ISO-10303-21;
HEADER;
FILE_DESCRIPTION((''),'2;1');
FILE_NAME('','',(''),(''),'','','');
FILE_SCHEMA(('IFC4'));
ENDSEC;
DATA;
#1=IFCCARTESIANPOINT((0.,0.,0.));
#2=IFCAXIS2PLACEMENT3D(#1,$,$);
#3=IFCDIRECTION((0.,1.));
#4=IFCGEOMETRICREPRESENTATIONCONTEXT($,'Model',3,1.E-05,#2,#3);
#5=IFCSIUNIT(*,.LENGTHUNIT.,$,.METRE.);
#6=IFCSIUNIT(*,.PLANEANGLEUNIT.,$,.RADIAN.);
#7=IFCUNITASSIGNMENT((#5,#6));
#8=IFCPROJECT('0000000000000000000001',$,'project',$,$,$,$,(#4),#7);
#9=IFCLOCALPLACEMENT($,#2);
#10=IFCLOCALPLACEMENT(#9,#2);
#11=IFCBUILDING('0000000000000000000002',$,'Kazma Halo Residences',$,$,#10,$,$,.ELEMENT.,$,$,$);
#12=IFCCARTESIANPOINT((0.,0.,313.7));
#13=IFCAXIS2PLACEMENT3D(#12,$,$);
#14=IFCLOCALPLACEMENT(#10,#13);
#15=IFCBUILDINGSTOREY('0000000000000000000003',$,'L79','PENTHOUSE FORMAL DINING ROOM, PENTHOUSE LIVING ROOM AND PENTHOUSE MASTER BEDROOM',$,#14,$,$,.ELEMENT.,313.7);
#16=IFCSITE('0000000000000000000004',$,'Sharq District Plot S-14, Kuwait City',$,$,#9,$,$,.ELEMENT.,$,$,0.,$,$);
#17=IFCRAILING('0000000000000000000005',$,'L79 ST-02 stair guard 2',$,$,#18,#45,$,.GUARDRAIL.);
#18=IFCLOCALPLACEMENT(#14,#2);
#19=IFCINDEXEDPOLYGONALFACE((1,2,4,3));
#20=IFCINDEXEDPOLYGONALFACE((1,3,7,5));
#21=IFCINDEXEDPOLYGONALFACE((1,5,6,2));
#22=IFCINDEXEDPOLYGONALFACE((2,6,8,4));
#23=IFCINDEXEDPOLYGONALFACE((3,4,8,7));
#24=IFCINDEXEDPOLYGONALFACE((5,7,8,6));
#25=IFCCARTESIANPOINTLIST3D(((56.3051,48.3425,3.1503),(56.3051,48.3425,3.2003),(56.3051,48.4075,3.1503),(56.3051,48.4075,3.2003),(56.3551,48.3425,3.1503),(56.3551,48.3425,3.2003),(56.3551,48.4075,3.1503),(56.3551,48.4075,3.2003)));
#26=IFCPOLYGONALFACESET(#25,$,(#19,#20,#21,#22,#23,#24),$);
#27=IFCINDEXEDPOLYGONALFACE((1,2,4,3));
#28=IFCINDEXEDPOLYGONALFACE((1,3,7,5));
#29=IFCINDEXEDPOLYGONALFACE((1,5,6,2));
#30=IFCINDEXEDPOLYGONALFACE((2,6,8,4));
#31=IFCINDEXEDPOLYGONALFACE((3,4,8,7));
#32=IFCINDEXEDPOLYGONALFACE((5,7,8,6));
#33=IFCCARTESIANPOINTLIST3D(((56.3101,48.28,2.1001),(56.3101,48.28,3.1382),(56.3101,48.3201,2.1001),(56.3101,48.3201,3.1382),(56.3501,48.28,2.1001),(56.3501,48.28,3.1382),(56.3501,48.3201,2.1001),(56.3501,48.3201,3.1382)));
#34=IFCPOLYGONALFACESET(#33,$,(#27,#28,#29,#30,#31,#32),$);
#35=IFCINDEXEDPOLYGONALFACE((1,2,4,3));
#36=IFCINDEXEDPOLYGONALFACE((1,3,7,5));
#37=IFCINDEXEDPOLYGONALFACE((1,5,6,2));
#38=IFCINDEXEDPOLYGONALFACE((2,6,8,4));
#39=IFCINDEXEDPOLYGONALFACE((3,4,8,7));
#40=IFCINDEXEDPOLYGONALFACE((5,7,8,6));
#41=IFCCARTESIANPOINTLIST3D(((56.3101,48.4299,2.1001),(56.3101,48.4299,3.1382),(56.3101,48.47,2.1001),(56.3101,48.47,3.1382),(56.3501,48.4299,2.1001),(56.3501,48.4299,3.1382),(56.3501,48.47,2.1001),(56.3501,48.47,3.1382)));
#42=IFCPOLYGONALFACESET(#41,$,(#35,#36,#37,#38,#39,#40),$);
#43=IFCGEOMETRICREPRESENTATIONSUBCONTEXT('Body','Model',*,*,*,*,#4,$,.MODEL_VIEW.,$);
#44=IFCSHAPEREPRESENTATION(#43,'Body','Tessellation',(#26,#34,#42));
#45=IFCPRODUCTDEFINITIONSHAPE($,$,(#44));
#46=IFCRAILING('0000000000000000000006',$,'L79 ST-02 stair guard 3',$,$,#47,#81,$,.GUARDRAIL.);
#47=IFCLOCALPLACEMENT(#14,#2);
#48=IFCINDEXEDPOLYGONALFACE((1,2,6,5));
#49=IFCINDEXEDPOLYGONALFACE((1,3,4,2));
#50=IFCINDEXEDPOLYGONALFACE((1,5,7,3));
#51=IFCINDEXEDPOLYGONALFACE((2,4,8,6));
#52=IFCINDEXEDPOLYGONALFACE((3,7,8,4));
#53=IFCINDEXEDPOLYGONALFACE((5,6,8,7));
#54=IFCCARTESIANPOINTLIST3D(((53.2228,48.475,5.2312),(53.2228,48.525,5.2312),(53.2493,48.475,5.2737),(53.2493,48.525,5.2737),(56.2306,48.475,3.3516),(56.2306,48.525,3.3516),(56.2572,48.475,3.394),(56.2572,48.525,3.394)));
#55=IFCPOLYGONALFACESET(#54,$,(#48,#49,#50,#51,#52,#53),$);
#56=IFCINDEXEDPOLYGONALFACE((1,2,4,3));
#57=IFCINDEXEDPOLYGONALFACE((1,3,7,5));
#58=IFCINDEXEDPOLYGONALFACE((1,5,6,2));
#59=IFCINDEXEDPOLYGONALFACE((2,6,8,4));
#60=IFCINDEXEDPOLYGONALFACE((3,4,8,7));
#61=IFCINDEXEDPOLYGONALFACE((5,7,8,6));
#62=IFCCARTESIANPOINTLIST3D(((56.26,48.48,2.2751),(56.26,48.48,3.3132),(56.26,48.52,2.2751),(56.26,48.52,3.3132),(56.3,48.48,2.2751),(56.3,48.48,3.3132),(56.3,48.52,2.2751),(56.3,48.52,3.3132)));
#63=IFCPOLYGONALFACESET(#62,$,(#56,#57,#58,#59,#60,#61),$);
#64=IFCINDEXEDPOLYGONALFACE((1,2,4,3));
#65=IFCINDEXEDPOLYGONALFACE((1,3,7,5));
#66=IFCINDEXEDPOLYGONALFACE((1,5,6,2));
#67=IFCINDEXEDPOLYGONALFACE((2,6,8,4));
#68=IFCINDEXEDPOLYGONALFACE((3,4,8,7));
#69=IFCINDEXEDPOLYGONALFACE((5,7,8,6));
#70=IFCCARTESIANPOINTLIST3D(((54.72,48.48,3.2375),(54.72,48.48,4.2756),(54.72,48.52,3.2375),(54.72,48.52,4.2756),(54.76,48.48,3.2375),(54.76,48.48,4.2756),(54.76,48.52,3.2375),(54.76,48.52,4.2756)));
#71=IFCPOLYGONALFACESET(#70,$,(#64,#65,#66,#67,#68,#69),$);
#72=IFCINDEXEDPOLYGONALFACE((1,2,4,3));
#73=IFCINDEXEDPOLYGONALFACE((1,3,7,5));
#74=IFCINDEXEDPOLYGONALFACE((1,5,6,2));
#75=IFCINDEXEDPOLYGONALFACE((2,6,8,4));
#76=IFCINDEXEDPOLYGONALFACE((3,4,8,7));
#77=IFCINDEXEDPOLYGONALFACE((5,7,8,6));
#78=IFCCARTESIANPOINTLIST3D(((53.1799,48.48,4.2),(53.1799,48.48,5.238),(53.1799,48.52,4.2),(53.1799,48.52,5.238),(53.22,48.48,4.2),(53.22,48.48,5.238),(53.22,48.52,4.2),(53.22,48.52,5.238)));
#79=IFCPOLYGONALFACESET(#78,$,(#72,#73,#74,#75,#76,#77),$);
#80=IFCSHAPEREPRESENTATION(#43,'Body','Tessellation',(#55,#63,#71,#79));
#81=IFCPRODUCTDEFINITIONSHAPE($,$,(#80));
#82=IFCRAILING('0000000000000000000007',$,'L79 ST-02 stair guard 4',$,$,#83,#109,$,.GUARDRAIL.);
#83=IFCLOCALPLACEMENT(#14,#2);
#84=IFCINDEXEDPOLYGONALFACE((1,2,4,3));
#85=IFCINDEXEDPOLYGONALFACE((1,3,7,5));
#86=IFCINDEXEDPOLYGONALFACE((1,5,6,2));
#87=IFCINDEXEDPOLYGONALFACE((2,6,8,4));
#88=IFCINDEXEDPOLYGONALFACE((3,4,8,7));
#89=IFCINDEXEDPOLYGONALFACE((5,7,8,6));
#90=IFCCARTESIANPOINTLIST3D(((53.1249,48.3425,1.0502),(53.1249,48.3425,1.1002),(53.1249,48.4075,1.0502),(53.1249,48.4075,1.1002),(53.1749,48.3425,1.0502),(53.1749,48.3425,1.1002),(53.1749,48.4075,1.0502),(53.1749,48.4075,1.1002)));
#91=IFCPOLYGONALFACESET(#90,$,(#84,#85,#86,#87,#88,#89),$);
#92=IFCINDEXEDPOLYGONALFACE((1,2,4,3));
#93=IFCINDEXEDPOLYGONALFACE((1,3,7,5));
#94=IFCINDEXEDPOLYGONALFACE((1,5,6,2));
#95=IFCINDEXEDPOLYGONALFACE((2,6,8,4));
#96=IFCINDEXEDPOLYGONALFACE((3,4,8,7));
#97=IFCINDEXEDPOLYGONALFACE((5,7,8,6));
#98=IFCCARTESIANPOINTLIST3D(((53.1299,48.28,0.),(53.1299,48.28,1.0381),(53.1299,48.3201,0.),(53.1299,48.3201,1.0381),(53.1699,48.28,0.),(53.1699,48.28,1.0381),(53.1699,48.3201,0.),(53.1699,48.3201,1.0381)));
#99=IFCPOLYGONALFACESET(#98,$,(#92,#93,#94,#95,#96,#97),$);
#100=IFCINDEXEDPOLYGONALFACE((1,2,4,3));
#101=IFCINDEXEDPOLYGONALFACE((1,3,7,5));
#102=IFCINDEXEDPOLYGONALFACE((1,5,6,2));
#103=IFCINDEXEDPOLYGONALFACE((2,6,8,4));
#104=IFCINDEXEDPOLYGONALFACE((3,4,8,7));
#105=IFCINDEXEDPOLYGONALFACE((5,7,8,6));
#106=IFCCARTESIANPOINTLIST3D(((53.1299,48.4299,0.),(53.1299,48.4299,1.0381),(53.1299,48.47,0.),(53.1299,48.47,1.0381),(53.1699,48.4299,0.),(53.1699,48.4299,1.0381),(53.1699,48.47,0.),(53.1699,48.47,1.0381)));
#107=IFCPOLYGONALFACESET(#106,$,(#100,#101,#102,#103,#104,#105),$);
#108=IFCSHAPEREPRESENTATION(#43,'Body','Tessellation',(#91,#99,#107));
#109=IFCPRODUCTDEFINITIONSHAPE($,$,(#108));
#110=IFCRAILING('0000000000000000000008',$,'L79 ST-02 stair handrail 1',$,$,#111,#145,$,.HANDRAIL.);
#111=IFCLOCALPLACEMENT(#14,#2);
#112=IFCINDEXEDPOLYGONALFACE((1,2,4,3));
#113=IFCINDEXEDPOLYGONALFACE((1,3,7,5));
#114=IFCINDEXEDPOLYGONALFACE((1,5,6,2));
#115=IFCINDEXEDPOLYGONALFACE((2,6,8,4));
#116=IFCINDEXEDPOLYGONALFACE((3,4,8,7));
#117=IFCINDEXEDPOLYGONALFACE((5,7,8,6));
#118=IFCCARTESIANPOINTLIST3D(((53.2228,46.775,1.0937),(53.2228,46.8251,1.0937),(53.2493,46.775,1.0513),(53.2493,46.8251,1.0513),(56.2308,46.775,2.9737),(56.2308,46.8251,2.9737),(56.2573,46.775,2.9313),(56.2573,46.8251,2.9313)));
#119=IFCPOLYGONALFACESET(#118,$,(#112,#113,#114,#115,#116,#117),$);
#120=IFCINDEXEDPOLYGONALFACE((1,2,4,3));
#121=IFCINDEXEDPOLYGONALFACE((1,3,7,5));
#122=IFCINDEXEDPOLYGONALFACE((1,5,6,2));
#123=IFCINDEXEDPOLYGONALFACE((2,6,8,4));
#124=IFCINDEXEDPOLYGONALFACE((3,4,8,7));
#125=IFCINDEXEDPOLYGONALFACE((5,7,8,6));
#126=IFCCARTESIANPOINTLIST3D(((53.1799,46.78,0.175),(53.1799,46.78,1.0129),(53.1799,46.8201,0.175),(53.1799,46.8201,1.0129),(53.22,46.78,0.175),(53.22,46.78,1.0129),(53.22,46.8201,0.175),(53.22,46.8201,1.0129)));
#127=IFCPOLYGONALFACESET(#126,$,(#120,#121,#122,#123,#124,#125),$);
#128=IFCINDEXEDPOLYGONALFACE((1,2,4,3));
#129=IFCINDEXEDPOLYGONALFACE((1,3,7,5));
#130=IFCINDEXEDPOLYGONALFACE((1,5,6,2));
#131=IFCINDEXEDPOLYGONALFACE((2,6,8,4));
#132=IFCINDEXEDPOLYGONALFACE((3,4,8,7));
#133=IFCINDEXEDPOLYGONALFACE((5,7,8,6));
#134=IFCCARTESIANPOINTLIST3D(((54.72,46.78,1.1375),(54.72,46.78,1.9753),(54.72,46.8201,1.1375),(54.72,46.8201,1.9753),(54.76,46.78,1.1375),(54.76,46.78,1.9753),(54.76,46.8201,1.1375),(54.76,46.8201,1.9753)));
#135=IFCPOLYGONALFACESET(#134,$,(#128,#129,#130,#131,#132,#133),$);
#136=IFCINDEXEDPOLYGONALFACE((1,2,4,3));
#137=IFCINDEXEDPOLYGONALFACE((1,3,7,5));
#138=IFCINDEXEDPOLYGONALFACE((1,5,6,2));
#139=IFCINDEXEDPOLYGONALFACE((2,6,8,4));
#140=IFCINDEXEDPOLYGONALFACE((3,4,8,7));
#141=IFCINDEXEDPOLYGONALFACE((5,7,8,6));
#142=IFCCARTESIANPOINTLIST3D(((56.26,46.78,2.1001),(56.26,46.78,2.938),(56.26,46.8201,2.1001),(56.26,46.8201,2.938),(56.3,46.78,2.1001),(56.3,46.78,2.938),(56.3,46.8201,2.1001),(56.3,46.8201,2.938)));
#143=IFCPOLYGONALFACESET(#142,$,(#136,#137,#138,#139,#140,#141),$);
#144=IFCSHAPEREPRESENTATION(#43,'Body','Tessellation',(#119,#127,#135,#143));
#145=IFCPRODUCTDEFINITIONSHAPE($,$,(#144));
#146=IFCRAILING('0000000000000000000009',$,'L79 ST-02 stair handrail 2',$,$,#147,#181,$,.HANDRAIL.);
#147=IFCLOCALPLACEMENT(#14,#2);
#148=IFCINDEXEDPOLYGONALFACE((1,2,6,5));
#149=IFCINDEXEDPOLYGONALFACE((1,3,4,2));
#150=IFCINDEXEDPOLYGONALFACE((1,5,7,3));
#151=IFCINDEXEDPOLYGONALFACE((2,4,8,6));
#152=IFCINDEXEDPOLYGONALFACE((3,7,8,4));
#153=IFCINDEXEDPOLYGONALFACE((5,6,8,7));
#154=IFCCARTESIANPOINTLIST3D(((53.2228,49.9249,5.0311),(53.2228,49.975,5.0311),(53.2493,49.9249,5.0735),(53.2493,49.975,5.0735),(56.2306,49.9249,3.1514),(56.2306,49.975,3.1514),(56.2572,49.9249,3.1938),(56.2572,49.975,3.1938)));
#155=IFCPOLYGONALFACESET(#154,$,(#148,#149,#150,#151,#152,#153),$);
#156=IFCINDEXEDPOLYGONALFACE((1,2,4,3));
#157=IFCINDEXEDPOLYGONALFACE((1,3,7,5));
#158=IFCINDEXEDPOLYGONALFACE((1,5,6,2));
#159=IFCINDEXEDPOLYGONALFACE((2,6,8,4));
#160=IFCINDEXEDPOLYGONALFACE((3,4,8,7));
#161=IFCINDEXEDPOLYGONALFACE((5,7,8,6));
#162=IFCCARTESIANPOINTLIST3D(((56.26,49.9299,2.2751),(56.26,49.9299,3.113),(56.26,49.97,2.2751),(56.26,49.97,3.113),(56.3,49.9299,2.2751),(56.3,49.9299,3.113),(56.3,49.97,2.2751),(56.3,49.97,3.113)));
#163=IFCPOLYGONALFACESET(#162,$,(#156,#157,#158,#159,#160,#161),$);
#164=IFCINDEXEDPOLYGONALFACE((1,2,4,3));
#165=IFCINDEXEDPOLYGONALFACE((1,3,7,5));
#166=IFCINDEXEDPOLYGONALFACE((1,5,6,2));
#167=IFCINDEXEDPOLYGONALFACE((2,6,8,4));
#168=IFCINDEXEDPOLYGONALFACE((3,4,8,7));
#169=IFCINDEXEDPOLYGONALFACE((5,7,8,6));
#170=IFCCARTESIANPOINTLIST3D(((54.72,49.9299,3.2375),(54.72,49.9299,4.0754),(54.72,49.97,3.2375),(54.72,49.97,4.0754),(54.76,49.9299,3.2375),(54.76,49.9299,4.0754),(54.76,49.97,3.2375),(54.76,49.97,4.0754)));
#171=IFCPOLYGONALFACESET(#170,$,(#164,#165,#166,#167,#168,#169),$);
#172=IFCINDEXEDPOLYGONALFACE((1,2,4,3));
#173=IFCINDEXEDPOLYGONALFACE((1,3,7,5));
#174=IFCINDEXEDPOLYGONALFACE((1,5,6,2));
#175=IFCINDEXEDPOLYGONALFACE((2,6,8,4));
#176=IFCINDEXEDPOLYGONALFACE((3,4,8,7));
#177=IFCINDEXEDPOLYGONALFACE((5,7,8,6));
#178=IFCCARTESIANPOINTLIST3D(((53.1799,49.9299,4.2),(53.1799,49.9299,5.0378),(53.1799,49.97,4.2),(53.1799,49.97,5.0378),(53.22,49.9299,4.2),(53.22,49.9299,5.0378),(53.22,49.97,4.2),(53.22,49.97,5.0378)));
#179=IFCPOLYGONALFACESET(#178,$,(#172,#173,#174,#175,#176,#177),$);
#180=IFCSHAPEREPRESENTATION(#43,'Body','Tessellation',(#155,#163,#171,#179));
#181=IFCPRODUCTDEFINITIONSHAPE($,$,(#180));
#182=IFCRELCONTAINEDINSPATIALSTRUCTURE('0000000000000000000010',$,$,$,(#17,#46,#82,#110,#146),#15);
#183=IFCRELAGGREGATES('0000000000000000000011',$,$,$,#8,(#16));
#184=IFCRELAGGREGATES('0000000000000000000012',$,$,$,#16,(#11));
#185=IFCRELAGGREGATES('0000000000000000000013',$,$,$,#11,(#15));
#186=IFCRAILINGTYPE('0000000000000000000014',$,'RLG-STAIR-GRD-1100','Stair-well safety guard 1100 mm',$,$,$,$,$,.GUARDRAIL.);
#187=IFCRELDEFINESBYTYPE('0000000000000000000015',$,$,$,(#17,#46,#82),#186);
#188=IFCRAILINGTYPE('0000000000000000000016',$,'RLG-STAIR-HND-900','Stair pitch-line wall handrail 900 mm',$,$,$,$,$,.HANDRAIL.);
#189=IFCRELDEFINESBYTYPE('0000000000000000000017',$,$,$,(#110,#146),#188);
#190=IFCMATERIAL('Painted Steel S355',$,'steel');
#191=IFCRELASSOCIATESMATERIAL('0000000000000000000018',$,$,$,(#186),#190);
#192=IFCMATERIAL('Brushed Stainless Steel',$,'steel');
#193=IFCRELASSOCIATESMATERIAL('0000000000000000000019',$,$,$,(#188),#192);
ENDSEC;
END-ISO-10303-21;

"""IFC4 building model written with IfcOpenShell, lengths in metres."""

from ifc_helpers import new_model, si_unit, direction, frame, origin, origin_2d, place, context, subcontext, project, spatial, rectangle, extrude, material, type_object, element, save


model = new_model("IFC4")

# Units and contexts
model_context = context("Model", 3, precision=1e-05, world=origin(), true_north=direction((0.0, 1.0)))
body_context = subcontext(model_context, "Body", "Model", "MODEL_VIEW")
ifc_project = project(units=[si_unit("LENGTHUNIT", "METRE"), si_unit("PLANEANGLEUNIT", "RADIAN")], contexts=[model_context])

# Site, building, storey
site_placement = place(None, origin())
site = spatial("IfcSite", under=ifc_project, at=site_placement, Name="Sharq District Plot S-14, Kuwait City", CompositionType="ELEMENT", RefElevation=0.0)
building_placement = place(site_placement, origin())
building = spatial("IfcBuilding", under=site, at=building_placement, Name="Kazma Halo Residences", CompositionType="ELEMENT")
storey_placement = place(building_placement, frame((0.0, 0.0, 313.7)))
storey = spatial("IfcBuildingStorey", under=building, at=storey_placement, Name="L79", Description="PENTHOUSE FORMAL DINING ROOM, PENTHOUSE LIVING ROOM AND PENTHOUSE MASTER BEDROOM", CompositionType="ELEMENT", Elevation=313.7)

# Railings
ifc_material_1 = material(Name="Painted Steel S355", Category="steel")
railing_type_1 = type_object("IfcRailingType", Name="RLG-STAIR-GRD-1100", Description="Stair-well safety guard 1100 mm", PredefinedType="GUARDRAIL", material=ifc_material_1)
railing_1_placement = place(storey_placement, frame((56.3301, 48.3, 2.1001)))
element("IfcRailing", 1, at=railing_1_placement, inside=storey, type_object=railing_type_1, Name="L79 ST-02 stair guard 2", PredefinedType="GUARDRAIL", context=body_context, shape_type="SweptSolid", body=[
    extrude(rectangle(XDim=0.05, YDim=0.05, at=origin_2d()), frame((0.0, 0.0425, 1.0752), z_axis=(0.0, 1.0, 0.0), x_axis=(-1.0, 0.0, 0.0)), (0.0, 0.0, 1.0), 0.0649),
    extrude(rectangle(XDim=0.04, YDim=0.04, at=origin_2d()), origin(), (0.0, 0.0, 1.0), 1.0381),
    extrude(rectangle(XDim=0.04, YDim=0.04, at=origin_2d()), frame((0.0, 0.1499, 0.0)), (0.0, 0.0, 1.0), 1.0381),
])
railing_2_placement = place(storey_placement, frame((56.28, 48.5, 2.2751)))
element("IfcRailing", 2, at=railing_2_placement, inside=storey, type_object=railing_type_1, Name="L79 ST-02 stair guard 3", PredefinedType="GUARDRAIL", context=body_context, shape_type="SweptSolid", body=[
    extrude(rectangle(XDim=0.05, YDim=0.05, at=origin_2d()), frame((-0.0361, 0.0, 1.0977), z_axis=(-0.848029, 0.0, 0.529951), x_axis=(0.0, -1.0, 0.0)), (0.0, 0.0, 1.0), 3.5469),
    extrude(rectangle(XDim=0.04, YDim=0.04, at=origin_2d()), origin(), (0.0, 0.0, 1.0), 1.0381),
    extrude(rectangle(XDim=0.04, YDim=0.04, at=origin_2d()), frame((-1.54, 0.0, 0.9624)), (0.0, 0.0, 1.0), 1.0381),
    extrude(rectangle(XDim=0.04, YDim=0.04, at=origin_2d()), frame((-3.0801, 0.0, 1.9248)), (0.0, 0.0, 1.0), 1.0381),
])
railing_3_placement = place(storey_placement, frame((53.1499, 48.3, 0.0)))
element("IfcRailing", 3, at=railing_3_placement, inside=storey, type_object=railing_type_1, Name="L79 ST-02 stair guard 4", PredefinedType="GUARDRAIL", context=body_context, shape_type="SweptSolid", body=[
    extrude(rectangle(XDim=0.05, YDim=0.05, at=origin_2d()), frame((0.0, 0.0425, 1.0752), z_axis=(0.0, 1.0, 0.0), x_axis=(-1.0, 0.0, 0.0)), (0.0, 0.0, 1.0), 0.0649),
    extrude(rectangle(XDim=0.04, YDim=0.04, at=origin_2d()), origin(), (0.0, 0.0, 1.0), 1.0381),
    extrude(rectangle(XDim=0.04, YDim=0.04, at=origin_2d()), frame((0.0, 0.1499, 0.0)), (0.0, 0.0, 1.0), 1.0381),
])
ifc_material_2 = material(Name="Brushed Stainless Steel", Category="steel")
railing_type_2 = type_object("IfcRailingType", Name="RLG-STAIR-HND-900", Description="Stair pitch-line wall handrail 900 mm", PredefinedType="HANDRAIL", material=ifc_material_2)
railing_4_placement = place(storey_placement, frame((53.2, 46.8, 0.175)))
element("IfcRailing", 4, at=railing_4_placement, inside=storey, type_object=railing_type_2, Name="L79 ST-02 stair handrail 1", PredefinedType="HANDRAIL", context=body_context, shape_type="SweptSolid", body=[
    extrude(rectangle(XDim=0.05, YDim=0.05, at=origin_2d()), frame((0.0361, 0.0, 0.8975), z_axis=(0.847998, 0.0, 0.529999), x_axis=(0.0, 1.0, 0.0)), (0.0, 0.0, 1.0), 3.5471),
    extrude(rectangle(XDim=0.04, YDim=0.04, at=origin_2d()), origin(), (0.0, 0.0, 1.0), 0.8379),
    extrude(rectangle(XDim=0.04, YDim=0.04, at=origin_2d()), frame((1.54, 0.0, 0.9624)), (0.0, 0.0, 1.0), 0.8379),
    extrude(rectangle(XDim=0.04, YDim=0.04, at=origin_2d()), frame((3.0801, 0.0, 1.925)), (0.0, 0.0, 1.0), 0.8379),
])
railing_5_placement = place(storey_placement, frame((56.28, 49.95, 2.2751)))
element("IfcRailing", 5, at=railing_5_placement, inside=storey, type_object=railing_type_2, Name="L79 ST-02 stair handrail 2", PredefinedType="HANDRAIL", context=body_context, shape_type="SweptSolid", body=[
    extrude(rectangle(XDim=0.05, YDim=0.05, at=origin_2d()), frame((-0.0361, 0.0, 0.8975), z_axis=(-0.848029, 0.0, 0.529951), x_axis=(0.0, -1.0, 0.0)), (0.0, 0.0, 1.0), 3.5469),
    extrude(rectangle(XDim=0.04, YDim=0.04, at=origin_2d()), origin(), (0.0, 0.0, 1.0), 0.8379),
    extrude(rectangle(XDim=0.04, YDim=0.04, at=origin_2d()), frame((-1.54, 0.0, 0.9624)), (0.0, 0.0, 1.0), 0.8379),
    extrude(rectangle(XDim=0.04, YDim=0.04, at=origin_2d()), frame((-3.0801, 0.0, 1.9248)), (0.0, 0.0, 1.0), 0.8379),
])

save(model, "model.ifc")
